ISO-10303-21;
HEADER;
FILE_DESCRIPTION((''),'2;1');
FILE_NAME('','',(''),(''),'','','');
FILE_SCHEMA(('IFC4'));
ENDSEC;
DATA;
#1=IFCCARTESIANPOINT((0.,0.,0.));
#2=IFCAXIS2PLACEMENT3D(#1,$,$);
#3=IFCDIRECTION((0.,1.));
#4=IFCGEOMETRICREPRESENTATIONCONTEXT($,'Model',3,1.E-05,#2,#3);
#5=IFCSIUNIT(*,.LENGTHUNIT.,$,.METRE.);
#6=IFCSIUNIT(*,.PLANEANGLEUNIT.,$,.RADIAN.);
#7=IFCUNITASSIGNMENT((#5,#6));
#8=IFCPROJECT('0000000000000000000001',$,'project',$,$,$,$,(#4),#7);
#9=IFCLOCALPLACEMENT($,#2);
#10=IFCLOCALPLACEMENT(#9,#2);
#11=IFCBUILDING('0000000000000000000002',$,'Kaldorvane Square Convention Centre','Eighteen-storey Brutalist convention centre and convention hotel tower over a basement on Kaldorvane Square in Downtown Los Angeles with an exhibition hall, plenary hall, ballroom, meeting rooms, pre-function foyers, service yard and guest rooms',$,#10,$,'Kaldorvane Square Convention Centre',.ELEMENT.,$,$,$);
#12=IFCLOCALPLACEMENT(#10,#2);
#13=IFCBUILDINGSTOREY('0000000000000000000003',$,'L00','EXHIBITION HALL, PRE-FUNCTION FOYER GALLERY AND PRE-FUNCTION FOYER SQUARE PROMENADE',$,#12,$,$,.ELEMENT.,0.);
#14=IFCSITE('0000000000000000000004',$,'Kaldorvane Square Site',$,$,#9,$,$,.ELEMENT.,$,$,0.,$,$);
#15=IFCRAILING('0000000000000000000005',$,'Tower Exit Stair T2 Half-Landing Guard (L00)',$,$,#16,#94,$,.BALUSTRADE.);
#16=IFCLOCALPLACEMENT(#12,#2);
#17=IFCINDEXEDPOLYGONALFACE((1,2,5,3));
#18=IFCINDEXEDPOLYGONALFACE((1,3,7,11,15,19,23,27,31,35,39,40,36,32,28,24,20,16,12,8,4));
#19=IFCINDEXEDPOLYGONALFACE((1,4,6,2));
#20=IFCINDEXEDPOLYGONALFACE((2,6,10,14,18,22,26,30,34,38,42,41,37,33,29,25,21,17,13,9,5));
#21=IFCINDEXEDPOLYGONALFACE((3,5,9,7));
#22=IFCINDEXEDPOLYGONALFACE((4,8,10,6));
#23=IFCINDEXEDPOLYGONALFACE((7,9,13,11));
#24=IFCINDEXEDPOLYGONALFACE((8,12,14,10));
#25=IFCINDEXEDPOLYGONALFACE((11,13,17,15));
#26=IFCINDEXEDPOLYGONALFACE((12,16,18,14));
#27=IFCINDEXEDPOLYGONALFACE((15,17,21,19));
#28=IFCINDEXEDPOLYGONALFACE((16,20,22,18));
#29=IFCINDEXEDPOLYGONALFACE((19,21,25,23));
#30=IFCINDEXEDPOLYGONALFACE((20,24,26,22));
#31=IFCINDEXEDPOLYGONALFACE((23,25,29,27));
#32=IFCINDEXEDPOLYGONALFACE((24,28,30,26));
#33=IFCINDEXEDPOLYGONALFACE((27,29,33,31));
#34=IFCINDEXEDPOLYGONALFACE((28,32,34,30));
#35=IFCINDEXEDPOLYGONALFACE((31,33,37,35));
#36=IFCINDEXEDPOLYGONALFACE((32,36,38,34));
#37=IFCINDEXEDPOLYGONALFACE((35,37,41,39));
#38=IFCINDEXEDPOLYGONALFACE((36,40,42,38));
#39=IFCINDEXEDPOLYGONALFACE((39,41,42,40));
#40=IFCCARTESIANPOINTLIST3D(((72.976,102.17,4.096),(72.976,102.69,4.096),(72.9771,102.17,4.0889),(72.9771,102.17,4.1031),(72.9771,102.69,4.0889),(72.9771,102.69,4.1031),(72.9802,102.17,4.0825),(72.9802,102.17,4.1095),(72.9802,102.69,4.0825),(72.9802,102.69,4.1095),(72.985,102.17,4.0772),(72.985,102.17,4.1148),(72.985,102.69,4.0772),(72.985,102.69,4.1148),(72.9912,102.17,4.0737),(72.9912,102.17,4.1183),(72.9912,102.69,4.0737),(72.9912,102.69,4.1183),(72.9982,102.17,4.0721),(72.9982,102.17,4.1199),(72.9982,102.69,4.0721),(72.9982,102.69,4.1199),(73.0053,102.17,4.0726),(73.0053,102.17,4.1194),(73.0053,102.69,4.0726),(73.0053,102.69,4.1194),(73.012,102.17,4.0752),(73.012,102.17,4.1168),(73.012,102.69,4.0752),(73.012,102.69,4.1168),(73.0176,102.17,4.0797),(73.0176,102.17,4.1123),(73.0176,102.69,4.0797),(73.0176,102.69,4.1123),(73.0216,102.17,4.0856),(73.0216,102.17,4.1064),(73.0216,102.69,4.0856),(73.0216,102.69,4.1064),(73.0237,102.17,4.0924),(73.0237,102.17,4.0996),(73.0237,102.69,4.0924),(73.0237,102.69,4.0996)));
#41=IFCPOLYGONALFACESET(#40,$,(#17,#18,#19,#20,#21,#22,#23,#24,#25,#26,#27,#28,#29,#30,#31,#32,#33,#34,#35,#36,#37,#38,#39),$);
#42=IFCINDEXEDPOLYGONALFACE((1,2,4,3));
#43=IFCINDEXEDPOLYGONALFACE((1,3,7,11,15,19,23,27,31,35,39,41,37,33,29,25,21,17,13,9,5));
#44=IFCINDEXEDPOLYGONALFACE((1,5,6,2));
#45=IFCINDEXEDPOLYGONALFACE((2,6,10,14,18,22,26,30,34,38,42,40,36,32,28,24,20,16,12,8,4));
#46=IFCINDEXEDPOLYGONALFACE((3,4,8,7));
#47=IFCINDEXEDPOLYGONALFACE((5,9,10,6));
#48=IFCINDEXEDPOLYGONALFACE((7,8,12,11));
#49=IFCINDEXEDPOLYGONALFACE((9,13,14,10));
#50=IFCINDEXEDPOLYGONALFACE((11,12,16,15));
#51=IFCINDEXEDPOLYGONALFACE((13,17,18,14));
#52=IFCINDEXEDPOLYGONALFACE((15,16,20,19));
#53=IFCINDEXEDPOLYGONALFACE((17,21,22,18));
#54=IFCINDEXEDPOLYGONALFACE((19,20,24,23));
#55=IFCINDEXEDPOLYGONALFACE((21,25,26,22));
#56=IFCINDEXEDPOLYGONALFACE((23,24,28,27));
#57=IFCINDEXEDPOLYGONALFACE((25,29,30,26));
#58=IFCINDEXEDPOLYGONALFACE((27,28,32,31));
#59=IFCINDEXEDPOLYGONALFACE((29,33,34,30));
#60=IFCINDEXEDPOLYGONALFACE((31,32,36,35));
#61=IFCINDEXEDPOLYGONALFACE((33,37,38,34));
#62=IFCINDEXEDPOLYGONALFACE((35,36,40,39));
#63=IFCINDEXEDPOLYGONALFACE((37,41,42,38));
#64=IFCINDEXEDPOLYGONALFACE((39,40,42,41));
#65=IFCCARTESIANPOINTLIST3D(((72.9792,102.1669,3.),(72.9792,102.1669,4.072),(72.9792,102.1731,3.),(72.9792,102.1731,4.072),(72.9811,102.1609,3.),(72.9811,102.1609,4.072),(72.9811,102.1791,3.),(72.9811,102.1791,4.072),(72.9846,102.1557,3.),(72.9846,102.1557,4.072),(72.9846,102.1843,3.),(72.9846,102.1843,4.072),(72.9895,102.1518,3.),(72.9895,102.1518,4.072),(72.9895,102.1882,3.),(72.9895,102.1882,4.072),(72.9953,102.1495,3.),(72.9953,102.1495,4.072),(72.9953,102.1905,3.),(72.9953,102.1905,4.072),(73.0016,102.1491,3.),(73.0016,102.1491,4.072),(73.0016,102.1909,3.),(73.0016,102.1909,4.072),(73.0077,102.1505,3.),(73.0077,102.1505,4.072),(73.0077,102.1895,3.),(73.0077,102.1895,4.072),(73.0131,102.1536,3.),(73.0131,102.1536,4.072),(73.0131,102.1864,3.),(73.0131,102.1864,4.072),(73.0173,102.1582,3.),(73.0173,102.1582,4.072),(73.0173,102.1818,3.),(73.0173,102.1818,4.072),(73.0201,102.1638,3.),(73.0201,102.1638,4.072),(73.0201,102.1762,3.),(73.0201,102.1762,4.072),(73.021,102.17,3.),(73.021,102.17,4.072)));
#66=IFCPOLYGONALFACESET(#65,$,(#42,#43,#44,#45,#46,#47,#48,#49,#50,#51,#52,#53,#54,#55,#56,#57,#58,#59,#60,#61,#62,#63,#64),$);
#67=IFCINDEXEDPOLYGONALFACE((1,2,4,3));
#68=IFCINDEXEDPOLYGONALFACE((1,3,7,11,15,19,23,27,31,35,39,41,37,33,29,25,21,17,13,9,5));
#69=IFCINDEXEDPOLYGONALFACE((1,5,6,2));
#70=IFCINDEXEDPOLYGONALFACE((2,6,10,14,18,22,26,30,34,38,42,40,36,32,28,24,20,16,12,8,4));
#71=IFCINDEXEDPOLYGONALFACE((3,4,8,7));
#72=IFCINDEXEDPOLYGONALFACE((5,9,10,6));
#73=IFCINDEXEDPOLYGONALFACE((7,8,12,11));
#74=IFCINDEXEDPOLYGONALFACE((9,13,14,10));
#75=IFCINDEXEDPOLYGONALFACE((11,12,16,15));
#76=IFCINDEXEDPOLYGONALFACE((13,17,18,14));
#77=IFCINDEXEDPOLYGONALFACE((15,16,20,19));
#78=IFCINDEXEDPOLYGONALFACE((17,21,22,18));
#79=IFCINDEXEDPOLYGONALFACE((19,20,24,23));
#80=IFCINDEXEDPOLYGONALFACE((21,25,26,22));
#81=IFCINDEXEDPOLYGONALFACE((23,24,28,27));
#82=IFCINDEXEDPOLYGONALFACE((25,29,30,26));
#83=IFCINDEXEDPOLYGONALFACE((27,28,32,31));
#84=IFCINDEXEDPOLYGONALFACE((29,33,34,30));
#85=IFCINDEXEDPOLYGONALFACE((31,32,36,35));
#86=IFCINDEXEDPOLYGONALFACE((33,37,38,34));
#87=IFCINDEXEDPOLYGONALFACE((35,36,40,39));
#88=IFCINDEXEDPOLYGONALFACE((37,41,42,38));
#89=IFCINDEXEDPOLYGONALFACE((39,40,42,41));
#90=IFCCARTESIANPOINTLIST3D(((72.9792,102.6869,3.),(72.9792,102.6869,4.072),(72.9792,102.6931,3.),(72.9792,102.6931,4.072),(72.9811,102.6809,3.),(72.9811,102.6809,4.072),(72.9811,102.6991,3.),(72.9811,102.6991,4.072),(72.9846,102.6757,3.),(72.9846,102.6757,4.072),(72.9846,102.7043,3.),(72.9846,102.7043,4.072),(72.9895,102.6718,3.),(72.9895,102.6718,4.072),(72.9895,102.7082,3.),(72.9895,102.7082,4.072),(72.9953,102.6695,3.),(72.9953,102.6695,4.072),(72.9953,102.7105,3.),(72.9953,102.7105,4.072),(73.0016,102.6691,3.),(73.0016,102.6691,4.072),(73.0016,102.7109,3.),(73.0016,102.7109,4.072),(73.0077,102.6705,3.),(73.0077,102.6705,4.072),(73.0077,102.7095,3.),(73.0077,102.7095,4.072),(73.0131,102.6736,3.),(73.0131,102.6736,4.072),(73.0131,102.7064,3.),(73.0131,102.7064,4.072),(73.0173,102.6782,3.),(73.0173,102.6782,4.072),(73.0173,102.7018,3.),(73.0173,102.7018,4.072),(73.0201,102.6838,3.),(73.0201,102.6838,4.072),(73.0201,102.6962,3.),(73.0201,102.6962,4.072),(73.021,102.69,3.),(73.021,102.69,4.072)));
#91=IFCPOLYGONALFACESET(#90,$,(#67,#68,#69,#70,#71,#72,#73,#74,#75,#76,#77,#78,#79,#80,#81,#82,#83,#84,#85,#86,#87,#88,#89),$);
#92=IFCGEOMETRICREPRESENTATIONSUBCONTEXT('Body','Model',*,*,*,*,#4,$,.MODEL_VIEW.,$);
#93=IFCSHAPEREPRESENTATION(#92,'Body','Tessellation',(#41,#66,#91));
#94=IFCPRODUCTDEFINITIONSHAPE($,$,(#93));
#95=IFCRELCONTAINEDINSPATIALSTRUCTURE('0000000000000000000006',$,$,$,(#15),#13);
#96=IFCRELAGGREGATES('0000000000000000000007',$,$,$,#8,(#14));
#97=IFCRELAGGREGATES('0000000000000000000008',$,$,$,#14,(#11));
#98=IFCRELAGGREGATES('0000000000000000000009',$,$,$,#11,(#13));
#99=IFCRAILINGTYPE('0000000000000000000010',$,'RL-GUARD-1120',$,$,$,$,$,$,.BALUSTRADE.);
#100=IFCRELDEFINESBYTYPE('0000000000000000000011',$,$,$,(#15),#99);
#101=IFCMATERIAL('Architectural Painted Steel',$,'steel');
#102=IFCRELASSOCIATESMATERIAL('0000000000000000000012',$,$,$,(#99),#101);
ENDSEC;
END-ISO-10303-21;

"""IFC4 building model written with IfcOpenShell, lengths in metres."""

from ifc_helpers import new_model, si_unit, direction, frame, origin, origin_2d, place, context, subcontext, project, spatial, circle, extrude, material, type_object, element, save


model = new_model("IFC4")

# Units and contexts
model_context = context("Model", 3, precision=1e-05, world=origin(), true_north=direction((0.0, 1.0)))
body_context = subcontext(model_context, "Body", "Model", "MODEL_VIEW")
ifc_project = project(units=[si_unit("LENGTHUNIT", "METRE"), si_unit("PLANEANGLEUNIT", "RADIAN")], contexts=[model_context])

# Site, building, storey
site_placement = place(None, origin())
site = spatial("IfcSite", under=ifc_project, at=site_placement, Name="Kaldorvane Square Site", CompositionType="ELEMENT", RefElevation=0.0)
building_placement = place(site_placement, origin())
building = spatial("IfcBuilding", under=site, at=building_placement, Name="Kaldorvane Square Convention Centre", Description="Eighteen-storey Brutalist convention centre and convention hotel tower over a basement on Kaldorvane Square in Downtown Los Angeles with an exhibition hall, plenary hall, ballroom, meeting rooms, pre-function foyers, service yard and guest rooms", LongName="Kaldorvane Square Convention Centre", CompositionType="ELEMENT")
storey_placement = place(building_placement, origin())
storey = spatial("IfcBuildingStorey", under=building, at=storey_placement, Name="L00", Description="EXHIBITION HALL, PRE-FUNCTION FOYER GALLERY AND PRE-FUNCTION FOYER SQUARE PROMENADE", CompositionType="ELEMENT", Elevation=0.0)

# Railing
ifc_material_1 = material(Name="Architectural Painted Steel", Category="steel")
railing_type_1 = type_object("IfcRailingType", Name="RL-GUARD-1120", PredefinedType="BALUSTRADE", material=ifc_material_1)
for number, where, name in (
    (1, (73.0, 102.17, 3.0), "Tower Exit Stair T2 Half-Landing Guard (L00)"),
):
    element("IfcRailing", number, at=place(storey_placement, frame(where)), inside=storey, type_object=railing_type_1, Name=name, PredefinedType="BALUSTRADE", context=body_context, shape_type="SweptSolid", body=[
        extrude(circle(Radius=0.024, at=origin_2d()), frame((0.0, 0.0, 1.096), z_axis=(0.0, 1.0, 0.0), x_axis=(-1.0, 0.0, 0.0)), (0.0, 0.0, 1.0), 0.52),
        extrude(circle(Radius=0.021, at=origin_2d()), origin(), (0.0, 0.0, 1.0), 1.072),
        extrude(circle(Radius=0.021, at=origin_2d()), frame((0.0, 0.52, 0.0)), (0.0, 0.0, 1.0), 1.072),
    ])

save(model, "model.ifc")
